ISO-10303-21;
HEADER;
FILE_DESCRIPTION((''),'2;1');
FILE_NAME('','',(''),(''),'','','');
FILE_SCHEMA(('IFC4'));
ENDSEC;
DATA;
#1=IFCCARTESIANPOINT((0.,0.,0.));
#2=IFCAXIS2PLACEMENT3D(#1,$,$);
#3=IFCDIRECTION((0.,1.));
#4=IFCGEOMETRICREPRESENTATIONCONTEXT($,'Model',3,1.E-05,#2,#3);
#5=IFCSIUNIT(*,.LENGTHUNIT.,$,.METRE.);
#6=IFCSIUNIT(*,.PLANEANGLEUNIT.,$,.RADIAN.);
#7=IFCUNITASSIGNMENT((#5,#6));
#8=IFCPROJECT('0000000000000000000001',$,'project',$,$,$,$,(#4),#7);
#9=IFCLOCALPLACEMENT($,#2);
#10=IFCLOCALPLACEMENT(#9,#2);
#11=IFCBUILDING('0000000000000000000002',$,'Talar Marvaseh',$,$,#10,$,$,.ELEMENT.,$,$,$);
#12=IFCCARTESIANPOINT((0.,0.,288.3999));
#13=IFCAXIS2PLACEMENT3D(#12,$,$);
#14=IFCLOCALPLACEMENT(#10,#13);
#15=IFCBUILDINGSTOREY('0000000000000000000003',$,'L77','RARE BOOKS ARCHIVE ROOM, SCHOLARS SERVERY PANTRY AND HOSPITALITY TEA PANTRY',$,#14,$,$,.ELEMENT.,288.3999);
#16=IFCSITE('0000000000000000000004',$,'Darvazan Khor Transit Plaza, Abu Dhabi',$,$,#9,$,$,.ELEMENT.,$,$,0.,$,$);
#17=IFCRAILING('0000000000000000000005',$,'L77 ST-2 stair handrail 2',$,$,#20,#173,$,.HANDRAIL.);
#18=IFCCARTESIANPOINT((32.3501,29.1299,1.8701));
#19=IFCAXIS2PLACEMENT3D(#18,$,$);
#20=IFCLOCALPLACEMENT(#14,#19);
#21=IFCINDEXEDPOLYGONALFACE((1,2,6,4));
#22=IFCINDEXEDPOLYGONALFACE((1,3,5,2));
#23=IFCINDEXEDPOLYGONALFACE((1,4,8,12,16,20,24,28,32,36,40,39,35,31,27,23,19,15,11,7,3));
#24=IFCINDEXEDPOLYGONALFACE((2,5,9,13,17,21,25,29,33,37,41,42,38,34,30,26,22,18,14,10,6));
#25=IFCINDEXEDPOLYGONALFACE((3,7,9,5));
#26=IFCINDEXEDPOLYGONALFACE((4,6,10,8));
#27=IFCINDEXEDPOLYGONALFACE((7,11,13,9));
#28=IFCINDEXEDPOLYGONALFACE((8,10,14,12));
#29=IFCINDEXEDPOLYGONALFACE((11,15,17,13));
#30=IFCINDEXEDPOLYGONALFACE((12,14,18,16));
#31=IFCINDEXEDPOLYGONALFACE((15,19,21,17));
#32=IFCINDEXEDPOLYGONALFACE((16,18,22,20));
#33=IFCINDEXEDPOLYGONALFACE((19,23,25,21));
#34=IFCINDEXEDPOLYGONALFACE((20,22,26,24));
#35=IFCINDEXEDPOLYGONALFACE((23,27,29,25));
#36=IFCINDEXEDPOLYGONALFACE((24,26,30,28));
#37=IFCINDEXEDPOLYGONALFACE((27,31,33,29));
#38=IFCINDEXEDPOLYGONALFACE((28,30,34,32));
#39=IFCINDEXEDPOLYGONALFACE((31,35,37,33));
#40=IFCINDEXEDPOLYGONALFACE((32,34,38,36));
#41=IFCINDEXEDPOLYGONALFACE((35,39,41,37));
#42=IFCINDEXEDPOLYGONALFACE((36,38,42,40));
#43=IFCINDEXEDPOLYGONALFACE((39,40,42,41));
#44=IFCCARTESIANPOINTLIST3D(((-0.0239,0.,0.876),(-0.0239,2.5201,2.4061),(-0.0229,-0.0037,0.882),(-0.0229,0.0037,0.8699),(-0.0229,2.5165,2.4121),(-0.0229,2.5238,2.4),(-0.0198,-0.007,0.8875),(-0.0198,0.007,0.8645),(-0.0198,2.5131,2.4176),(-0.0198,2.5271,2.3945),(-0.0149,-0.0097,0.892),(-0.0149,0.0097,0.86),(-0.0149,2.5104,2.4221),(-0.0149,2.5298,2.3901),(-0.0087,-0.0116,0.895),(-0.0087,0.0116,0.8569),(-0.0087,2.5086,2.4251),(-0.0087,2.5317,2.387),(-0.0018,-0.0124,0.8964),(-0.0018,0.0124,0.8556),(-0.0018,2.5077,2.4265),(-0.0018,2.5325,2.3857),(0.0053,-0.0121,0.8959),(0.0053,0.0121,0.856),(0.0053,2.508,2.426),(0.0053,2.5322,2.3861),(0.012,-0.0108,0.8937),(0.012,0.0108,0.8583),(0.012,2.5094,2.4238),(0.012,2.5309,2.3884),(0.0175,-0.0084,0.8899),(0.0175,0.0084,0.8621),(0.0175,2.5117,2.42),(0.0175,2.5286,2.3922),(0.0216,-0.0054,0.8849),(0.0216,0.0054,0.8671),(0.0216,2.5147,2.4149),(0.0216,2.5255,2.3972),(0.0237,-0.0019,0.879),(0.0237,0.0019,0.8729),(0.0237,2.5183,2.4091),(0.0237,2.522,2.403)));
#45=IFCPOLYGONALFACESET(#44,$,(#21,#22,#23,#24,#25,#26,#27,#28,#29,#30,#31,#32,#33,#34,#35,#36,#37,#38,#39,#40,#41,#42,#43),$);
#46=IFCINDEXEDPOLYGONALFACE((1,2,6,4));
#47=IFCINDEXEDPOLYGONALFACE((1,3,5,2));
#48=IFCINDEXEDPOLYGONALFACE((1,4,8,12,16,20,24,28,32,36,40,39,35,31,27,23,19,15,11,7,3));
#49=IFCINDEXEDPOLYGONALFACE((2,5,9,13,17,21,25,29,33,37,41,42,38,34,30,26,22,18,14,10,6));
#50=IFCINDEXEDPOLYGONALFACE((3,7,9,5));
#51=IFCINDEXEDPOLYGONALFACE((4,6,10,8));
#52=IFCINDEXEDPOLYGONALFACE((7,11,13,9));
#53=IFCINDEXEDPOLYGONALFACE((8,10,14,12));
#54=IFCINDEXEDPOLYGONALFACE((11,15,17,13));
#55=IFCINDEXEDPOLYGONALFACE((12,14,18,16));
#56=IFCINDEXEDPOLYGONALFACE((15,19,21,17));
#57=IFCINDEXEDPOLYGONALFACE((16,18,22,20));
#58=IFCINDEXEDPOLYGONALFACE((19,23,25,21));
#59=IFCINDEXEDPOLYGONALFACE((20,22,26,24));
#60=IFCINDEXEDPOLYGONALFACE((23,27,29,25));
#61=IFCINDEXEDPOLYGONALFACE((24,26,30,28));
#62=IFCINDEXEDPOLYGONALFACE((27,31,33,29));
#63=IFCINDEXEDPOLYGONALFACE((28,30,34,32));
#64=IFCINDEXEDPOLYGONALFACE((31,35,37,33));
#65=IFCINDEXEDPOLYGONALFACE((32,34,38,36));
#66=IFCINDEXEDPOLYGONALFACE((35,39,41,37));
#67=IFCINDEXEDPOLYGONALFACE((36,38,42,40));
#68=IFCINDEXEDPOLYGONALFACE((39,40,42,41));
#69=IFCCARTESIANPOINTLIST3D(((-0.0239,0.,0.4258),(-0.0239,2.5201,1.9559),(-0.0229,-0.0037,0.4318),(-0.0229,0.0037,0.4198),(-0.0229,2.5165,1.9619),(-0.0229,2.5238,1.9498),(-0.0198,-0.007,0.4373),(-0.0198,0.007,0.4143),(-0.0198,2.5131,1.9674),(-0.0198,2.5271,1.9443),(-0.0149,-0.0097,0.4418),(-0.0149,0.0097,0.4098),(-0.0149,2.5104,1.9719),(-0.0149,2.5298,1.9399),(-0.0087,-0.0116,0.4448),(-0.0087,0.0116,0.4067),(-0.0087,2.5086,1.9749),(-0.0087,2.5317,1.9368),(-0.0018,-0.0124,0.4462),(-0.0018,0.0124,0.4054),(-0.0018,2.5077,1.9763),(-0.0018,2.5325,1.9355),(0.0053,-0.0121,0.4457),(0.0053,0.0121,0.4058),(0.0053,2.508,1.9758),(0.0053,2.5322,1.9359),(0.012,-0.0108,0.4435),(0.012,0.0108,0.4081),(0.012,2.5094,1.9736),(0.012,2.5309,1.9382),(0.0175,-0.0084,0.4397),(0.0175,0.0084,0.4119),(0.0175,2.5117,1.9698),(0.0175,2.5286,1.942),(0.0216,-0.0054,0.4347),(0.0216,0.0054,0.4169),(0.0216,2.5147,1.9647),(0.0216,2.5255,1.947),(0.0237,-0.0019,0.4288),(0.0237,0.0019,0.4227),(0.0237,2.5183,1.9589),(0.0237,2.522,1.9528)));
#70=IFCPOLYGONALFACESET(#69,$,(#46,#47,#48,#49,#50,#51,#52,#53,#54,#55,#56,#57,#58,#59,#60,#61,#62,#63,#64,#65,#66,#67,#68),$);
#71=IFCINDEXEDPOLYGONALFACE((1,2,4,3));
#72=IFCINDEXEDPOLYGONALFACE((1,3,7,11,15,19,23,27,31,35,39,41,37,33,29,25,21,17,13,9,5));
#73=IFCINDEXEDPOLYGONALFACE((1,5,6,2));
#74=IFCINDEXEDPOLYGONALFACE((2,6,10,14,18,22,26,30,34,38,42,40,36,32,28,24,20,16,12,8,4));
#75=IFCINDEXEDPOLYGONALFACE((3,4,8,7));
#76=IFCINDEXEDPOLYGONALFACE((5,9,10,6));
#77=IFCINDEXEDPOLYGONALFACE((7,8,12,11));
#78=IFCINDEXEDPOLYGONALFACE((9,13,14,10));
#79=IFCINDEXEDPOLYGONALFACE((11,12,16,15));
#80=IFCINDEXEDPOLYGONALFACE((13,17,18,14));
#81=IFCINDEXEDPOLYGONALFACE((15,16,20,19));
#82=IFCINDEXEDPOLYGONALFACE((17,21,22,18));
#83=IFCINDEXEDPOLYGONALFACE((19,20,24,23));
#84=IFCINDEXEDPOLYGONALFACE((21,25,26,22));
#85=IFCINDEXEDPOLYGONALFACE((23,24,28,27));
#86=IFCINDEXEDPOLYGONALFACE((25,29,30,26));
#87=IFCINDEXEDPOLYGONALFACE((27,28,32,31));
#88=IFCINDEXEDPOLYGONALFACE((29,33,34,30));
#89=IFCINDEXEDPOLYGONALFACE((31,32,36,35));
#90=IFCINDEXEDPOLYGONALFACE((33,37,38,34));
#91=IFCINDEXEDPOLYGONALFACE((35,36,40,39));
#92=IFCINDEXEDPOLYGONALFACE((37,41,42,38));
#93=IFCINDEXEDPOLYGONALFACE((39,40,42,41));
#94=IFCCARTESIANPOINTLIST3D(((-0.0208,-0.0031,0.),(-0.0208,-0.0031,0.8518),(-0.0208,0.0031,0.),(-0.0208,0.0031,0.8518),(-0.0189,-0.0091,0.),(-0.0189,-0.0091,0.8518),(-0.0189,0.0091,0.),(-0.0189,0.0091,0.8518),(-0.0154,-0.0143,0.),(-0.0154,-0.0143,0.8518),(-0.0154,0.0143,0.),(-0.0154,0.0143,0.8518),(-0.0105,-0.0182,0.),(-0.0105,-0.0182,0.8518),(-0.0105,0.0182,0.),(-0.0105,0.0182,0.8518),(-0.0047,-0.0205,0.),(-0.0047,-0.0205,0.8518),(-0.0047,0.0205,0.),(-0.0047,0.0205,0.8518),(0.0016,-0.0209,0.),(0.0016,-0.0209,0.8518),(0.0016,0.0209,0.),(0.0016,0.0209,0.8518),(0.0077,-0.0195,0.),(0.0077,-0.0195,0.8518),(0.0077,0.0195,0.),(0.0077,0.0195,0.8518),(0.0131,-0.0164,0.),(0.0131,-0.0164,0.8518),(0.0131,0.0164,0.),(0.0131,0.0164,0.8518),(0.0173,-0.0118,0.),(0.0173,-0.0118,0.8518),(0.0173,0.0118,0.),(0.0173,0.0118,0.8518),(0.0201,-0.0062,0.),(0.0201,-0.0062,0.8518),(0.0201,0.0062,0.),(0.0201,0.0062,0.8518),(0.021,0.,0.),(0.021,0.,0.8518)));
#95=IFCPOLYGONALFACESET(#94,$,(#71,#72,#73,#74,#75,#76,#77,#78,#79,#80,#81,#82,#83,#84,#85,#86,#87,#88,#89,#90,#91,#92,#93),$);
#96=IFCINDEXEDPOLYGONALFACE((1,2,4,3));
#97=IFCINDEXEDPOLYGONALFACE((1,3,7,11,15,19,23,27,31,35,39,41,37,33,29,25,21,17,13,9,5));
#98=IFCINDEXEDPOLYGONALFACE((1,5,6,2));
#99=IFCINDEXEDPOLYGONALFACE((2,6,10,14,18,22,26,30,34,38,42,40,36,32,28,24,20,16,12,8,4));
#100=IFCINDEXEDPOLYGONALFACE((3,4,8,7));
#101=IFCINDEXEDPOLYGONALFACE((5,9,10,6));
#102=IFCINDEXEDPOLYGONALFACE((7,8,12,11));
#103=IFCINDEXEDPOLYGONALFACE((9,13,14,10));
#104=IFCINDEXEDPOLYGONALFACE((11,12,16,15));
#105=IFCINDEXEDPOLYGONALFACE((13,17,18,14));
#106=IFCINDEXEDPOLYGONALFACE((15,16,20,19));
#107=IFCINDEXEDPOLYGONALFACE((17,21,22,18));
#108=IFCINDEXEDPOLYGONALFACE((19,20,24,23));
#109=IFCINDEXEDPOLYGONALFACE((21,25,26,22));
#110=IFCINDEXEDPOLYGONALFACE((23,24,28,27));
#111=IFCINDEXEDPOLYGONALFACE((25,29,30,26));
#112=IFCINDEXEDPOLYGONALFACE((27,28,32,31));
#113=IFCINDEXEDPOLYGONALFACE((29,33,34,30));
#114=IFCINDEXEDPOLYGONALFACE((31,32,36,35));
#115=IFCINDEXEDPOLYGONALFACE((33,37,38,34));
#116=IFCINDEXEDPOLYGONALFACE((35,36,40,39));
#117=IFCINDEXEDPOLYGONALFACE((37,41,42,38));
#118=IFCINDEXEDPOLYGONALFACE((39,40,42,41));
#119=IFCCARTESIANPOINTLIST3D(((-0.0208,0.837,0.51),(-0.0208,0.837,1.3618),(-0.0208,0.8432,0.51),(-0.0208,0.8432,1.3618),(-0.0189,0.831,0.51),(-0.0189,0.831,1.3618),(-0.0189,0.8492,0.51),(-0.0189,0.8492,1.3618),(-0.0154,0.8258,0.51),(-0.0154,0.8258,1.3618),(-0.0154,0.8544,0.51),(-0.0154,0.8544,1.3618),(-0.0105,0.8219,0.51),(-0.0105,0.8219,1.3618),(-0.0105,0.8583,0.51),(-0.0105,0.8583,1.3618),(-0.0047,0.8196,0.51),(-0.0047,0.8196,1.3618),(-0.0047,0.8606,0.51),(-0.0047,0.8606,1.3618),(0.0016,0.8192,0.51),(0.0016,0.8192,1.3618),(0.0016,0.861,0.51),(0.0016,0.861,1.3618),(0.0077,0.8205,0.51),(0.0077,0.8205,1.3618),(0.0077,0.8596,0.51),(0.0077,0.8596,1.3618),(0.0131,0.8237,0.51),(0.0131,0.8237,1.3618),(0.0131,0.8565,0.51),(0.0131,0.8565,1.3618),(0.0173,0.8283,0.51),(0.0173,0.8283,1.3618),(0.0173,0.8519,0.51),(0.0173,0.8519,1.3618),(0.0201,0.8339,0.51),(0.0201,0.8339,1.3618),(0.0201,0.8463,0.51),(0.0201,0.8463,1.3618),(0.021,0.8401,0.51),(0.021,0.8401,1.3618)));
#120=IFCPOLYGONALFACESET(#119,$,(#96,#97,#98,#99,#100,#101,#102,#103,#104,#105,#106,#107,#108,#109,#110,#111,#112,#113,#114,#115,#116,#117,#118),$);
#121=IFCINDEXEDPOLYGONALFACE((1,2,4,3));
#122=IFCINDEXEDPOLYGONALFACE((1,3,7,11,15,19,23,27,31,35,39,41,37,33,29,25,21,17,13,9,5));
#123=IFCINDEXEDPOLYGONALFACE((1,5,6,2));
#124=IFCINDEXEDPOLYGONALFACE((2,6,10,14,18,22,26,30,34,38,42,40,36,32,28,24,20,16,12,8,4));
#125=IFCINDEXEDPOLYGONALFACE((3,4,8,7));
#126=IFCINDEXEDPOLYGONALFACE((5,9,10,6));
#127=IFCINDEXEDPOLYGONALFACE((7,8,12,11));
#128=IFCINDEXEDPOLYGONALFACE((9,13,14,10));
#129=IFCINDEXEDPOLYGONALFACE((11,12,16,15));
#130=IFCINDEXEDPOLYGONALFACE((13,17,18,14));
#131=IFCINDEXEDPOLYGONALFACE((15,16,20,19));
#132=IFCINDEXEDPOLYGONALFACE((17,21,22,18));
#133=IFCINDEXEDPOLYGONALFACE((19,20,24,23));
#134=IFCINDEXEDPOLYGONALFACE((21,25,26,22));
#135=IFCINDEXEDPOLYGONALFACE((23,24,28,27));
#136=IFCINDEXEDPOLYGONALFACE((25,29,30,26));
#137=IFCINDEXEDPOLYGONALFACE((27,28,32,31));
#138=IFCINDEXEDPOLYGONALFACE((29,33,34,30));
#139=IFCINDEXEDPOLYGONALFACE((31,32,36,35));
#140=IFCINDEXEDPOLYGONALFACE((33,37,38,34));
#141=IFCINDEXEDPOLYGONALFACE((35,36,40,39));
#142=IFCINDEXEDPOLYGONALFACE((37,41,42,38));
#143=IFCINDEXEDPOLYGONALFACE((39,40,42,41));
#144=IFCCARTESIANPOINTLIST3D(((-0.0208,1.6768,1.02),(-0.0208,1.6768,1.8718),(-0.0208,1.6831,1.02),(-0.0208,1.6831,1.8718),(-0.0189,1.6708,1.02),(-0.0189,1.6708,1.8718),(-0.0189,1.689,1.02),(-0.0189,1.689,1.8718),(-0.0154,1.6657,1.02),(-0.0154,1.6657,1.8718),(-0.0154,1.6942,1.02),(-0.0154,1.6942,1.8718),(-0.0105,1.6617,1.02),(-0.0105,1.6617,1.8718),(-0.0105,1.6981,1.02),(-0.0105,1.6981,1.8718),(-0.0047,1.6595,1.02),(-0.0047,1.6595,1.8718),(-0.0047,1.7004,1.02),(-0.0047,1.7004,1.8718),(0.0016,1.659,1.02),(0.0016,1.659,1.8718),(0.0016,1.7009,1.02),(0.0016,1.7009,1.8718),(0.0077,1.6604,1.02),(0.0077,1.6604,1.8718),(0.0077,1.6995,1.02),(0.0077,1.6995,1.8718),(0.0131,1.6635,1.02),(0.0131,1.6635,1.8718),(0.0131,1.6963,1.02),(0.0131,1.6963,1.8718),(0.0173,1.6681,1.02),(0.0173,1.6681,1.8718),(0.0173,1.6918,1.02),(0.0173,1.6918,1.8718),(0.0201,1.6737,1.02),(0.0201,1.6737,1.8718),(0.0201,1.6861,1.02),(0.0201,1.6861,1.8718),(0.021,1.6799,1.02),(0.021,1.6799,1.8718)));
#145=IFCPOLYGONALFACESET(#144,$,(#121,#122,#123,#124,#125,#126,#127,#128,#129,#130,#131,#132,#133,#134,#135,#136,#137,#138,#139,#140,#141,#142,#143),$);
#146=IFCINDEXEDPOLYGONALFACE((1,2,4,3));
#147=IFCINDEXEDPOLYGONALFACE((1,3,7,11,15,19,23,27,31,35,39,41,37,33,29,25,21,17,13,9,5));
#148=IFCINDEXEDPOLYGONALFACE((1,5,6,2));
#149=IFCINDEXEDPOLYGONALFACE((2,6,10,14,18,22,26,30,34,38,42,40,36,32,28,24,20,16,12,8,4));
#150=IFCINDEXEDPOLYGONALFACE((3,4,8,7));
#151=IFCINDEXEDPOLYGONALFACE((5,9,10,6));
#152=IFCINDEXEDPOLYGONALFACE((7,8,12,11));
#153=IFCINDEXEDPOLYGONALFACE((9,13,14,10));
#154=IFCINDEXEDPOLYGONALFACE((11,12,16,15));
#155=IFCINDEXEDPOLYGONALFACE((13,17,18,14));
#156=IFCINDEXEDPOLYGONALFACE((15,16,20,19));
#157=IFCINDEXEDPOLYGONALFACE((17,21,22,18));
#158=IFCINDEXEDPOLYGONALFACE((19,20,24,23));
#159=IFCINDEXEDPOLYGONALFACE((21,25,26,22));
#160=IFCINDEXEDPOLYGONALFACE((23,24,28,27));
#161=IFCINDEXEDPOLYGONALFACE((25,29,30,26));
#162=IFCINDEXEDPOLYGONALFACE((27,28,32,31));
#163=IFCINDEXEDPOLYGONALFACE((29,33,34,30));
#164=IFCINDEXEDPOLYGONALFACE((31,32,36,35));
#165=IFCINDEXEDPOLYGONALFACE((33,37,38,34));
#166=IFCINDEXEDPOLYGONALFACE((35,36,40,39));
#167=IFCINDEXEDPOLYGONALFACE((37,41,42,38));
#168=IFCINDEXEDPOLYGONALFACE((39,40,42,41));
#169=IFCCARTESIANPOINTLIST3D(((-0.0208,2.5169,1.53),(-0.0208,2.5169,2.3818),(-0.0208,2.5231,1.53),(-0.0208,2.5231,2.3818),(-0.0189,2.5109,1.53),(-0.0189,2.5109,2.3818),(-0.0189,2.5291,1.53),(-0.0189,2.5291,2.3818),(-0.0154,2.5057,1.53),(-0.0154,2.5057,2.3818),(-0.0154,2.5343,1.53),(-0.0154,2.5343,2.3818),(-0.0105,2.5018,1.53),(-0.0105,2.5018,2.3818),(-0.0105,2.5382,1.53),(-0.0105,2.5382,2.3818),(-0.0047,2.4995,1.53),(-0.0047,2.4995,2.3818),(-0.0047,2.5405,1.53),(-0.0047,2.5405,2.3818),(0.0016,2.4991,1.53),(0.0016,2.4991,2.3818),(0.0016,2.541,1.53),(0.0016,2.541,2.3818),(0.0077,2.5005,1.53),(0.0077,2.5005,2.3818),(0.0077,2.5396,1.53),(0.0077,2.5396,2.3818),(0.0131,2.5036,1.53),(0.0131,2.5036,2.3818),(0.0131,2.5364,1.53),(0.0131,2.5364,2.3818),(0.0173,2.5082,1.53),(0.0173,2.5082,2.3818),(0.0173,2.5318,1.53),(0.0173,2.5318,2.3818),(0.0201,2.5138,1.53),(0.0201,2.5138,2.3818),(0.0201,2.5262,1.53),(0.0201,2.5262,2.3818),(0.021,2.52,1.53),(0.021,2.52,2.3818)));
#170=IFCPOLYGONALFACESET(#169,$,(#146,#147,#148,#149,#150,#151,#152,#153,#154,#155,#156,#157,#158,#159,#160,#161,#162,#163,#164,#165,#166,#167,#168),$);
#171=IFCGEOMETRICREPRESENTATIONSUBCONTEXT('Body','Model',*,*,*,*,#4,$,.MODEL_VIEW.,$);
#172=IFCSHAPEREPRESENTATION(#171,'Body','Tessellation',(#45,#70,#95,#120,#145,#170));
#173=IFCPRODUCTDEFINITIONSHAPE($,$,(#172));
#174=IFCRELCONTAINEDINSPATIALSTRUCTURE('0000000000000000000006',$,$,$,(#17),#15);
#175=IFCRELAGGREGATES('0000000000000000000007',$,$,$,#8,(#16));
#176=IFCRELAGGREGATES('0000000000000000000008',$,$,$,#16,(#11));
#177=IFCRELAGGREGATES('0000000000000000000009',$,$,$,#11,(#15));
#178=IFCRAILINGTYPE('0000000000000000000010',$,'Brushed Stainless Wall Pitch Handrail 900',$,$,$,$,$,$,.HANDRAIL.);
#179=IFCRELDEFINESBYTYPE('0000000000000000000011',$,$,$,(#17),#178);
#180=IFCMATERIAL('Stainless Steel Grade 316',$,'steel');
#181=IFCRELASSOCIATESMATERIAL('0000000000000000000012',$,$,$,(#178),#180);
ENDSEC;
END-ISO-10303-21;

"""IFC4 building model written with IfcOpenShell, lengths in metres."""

from ifc_helpers import new_model, si_unit, direction, frame, origin, origin_2d, place, context, subcontext, project, spatial, circle, extrude, material, type_object, element, save


model = new_model("IFC4")

# Units and contexts
model_context = context("Model", 3, precision=1e-05, world=origin(), true_north=direction((0.0, 1.0)))
body_context = subcontext(model_context, "Body", "Model", "MODEL_VIEW")
ifc_project = project(units=[si_unit("LENGTHUNIT", "METRE"), si_unit("PLANEANGLEUNIT", "RADIAN")], contexts=[model_context])

# Site, building, storey
site_placement = place(None, origin())
site = spatial("IfcSite", under=ifc_project, at=site_placement, Name="Darvazan Khor Transit Plaza, Abu Dhabi", CompositionType="ELEMENT", RefElevation=0.0)
building_placement = place(site_placement, origin())
building = spatial("IfcBuilding", under=site, at=building_placement, Name="Talar Marvaseh", CompositionType="ELEMENT")
storey_placement = place(building_placement, frame((0.0, 0.0, 288.3999)))
storey = spatial("IfcBuildingStorey", under=building, at=storey_placement, Name="L77", Description="RARE BOOKS ARCHIVE ROOM, SCHOLARS SERVERY PANTRY AND HOSPITALITY TEA PANTRY", CompositionType="ELEMENT", Elevation=288.3999)

# Railing
ifc_material_1 = material(Name="Stainless Steel Grade 316", Category="steel")
railing_type = type_object("IfcRailingType", Name="Brushed Stainless Wall Pitch Handrail 900", PredefinedType="HANDRAIL", material=ifc_material_1)
railing_placement = place(storey_placement, frame((32.3501, 29.1299, 1.8701)))
element("IfcRailing", 1, at=railing_placement, inside=storey, type_object=railing_type, Name="L77 ST-2 stair handrail 2", PredefinedType="HANDRAIL", context=body_context, shape_type="SweptSolid", body=[
    extrude(circle(Radius=0.0239, at=origin_2d()), frame((0.0, 0.0, 0.876), z_axis=(0.0, 0.854785, 0.518982), x_axis=(-1.0, 0.0, 0.0)), (0.0, 0.0, 1.0), 2.9482),
    extrude(circle(Radius=0.0239, at=origin_2d()), frame((0.0, 0.0, 0.4258), z_axis=(0.0, 0.854785, 0.518982), x_axis=(-1.0, 0.0, 0.0)), (0.0, 0.0, 1.0), 2.9482),
    extrude(circle(Radius=0.021, at=origin_2d()), origin(), (0.0, 0.0, 1.0), 0.8518),
    extrude(circle(Radius=0.021, at=origin_2d()), frame((0.0, 0.8401, 0.51)), (0.0, 0.0, 1.0), 0.8518),
    extrude(circle(Radius=0.021, at=origin_2d()), frame((0.0, 1.6799, 1.02)), (0.0, 0.0, 1.0), 0.8518),
    extrude(circle(Radius=0.021, at=origin_2d()), frame((0.0, 2.52, 1.53)), (0.0, 0.0, 1.0), 0.8518),
])

save(model, "model.ifc")
